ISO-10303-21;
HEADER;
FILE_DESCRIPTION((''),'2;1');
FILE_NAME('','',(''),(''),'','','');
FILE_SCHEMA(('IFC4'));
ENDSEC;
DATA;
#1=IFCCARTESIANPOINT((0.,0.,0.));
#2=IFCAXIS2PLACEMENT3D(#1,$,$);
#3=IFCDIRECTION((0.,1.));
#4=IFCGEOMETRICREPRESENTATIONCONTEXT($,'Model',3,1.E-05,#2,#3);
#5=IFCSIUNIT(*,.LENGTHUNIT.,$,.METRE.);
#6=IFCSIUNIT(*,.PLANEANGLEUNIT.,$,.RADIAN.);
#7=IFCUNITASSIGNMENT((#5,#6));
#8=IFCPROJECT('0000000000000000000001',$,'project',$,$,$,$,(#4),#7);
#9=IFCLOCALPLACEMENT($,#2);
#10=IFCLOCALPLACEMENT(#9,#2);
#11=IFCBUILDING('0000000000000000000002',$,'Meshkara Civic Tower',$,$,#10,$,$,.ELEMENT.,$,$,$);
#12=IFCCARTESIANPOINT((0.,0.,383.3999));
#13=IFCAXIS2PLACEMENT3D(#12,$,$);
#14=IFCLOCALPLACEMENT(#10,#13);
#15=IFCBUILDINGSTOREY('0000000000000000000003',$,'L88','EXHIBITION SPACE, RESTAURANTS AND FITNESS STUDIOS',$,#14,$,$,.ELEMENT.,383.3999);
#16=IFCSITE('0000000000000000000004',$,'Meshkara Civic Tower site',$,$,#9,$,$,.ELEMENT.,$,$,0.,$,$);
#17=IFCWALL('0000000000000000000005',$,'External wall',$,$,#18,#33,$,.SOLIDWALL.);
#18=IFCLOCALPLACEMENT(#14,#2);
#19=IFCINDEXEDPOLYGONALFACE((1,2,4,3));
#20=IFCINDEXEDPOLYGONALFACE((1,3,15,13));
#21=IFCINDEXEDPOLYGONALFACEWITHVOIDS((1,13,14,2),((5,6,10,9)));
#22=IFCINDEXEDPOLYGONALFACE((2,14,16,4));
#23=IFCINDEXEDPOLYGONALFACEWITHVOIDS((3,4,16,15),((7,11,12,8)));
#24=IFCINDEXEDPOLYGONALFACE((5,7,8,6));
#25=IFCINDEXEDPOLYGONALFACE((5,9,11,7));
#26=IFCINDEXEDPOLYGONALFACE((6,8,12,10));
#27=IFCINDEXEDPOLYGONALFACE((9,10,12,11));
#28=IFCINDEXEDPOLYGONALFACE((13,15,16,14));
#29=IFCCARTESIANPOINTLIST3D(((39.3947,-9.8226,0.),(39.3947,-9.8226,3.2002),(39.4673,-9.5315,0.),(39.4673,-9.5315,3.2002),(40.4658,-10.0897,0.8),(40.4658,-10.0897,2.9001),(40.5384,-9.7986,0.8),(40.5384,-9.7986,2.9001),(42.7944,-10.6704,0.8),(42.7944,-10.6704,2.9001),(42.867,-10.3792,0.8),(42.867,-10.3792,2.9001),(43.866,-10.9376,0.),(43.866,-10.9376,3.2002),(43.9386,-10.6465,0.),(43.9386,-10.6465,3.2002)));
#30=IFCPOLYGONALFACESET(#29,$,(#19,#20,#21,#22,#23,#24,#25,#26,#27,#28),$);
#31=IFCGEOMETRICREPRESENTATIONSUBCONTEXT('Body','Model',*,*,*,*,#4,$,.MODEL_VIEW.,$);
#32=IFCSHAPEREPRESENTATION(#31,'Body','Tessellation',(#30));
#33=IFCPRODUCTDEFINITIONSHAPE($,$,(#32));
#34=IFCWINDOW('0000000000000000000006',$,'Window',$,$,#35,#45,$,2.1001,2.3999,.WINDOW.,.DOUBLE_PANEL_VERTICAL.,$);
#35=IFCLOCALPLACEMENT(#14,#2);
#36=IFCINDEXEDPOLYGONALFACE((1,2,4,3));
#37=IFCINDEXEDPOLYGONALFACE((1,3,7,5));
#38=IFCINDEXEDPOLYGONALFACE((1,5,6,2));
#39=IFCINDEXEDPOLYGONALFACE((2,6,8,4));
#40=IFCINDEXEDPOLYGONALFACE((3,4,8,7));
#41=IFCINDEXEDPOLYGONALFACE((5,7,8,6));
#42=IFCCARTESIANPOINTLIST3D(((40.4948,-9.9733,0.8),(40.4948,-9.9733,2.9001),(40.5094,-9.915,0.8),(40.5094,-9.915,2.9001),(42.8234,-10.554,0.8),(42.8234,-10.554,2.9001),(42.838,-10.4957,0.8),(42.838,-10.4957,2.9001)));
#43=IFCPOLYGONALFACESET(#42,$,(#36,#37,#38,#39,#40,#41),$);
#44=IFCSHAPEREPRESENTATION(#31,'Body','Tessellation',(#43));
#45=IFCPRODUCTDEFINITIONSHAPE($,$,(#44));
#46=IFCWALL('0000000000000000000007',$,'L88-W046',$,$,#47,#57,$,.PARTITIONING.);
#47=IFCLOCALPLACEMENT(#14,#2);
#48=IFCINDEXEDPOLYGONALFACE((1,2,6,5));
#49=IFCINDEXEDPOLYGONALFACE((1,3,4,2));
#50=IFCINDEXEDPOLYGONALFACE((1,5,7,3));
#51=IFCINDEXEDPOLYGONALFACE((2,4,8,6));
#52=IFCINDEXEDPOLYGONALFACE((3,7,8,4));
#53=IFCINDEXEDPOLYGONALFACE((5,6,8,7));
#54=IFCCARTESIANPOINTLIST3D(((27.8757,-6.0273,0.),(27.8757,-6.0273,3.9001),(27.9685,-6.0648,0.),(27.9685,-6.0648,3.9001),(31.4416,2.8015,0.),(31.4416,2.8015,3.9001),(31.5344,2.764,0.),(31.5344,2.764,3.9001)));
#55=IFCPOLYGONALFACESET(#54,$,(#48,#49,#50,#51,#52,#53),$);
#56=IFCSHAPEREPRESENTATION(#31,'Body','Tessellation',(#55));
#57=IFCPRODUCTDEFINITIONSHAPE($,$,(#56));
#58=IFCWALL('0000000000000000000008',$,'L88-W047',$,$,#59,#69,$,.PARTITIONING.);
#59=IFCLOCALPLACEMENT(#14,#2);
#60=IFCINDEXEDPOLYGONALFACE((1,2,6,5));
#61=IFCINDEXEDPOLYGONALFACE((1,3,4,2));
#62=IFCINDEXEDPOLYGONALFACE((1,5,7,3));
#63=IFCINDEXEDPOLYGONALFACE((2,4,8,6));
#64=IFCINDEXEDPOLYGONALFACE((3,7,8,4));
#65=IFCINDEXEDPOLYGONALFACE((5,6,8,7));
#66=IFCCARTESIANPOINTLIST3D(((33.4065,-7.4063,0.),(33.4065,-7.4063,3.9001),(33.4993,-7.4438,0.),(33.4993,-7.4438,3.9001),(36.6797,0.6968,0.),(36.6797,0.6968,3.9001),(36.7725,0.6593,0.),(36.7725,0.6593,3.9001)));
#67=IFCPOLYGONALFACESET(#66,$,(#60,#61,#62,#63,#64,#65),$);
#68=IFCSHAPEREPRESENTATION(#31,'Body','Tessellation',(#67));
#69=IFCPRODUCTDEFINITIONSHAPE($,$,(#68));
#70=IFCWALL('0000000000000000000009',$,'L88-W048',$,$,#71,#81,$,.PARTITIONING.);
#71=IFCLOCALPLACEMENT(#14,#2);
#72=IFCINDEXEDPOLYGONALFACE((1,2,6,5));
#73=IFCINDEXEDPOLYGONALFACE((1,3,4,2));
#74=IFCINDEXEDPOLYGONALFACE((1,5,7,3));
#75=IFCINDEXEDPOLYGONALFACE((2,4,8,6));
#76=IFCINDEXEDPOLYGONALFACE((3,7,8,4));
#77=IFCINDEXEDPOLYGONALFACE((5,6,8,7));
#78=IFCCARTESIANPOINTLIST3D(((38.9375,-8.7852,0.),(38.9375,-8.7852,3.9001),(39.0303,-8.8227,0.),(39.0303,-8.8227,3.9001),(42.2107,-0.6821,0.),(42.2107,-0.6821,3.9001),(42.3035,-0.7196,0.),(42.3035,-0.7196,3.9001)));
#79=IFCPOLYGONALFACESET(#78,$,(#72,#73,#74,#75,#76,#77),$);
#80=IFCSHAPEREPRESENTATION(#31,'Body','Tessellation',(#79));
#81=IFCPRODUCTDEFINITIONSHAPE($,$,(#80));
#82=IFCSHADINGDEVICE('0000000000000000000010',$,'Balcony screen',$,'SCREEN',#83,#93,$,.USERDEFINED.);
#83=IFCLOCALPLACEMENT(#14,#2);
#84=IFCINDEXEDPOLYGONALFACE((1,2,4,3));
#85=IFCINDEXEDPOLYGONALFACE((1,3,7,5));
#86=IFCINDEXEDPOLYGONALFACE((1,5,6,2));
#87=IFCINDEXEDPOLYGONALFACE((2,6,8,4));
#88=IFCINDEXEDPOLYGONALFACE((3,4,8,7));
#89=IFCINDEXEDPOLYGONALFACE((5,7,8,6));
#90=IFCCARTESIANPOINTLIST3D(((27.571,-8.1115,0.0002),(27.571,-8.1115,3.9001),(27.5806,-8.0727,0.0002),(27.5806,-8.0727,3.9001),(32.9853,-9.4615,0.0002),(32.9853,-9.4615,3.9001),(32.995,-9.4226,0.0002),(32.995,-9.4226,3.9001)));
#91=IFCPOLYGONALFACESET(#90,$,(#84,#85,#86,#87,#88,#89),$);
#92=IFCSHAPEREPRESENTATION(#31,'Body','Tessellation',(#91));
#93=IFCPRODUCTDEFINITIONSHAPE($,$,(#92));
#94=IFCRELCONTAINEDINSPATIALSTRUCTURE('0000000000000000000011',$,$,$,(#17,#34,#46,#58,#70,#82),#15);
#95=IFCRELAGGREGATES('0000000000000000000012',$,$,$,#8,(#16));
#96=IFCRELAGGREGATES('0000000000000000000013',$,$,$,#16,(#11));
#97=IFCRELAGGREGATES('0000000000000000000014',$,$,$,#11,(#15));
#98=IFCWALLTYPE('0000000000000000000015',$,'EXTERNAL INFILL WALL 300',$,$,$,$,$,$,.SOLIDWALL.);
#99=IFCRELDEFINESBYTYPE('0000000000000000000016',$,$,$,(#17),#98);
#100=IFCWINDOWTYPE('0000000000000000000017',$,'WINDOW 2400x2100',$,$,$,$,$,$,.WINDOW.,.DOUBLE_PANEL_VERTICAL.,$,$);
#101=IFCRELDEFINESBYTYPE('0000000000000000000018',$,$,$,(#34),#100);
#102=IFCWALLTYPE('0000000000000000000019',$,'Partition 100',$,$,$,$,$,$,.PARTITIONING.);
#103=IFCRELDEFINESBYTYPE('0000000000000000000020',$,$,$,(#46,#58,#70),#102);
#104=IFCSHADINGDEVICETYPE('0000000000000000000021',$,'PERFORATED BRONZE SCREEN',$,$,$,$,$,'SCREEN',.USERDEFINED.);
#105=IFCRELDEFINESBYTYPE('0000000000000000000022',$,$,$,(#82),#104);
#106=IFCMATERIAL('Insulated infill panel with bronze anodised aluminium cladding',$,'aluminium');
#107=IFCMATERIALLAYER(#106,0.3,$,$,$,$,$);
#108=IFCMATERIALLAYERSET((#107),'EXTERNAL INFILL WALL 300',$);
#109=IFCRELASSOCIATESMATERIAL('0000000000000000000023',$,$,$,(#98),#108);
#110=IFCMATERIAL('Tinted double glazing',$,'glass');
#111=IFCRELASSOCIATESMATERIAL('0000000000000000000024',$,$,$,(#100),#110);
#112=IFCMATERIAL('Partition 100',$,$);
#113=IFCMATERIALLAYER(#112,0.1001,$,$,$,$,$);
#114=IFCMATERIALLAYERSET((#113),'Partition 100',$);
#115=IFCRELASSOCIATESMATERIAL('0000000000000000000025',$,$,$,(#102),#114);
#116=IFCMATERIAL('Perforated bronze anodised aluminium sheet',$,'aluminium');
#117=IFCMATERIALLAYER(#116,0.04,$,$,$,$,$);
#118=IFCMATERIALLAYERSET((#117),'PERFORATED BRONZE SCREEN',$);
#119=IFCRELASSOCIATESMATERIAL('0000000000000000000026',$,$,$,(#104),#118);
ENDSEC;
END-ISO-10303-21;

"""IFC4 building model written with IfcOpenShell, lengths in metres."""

from ifc_helpers import new_model, si_unit, direction, frame, frame_2d, origin, origin_2d, place, context, subcontext, project, spatial, rectangle, extrude, material, layer, layer_set, type_object, element, fill, save


model = new_model("IFC4")

# Units and contexts
model_context = context("Model", 3, precision=1e-05, world=origin(), true_north=direction((0.0, 1.0)))
body_context = subcontext(model_context, "Body", "Model", "MODEL_VIEW")
ifc_project = project(units=[si_unit("LENGTHUNIT", "METRE"), si_unit("PLANEANGLEUNIT", "RADIAN")], contexts=[model_context])

# Site, building, storey
site_placement = place(None, origin())
site = spatial("IfcSite", under=ifc_project, at=site_placement, Name="Meshkara Civic Tower site", CompositionType="ELEMENT", RefElevation=0.0)
building_placement = place(site_placement, origin())
building = spatial("IfcBuilding", under=site, at=building_placement, Name="Meshkara Civic Tower", CompositionType="ELEMENT")
storey_placement = place(building_placement, frame((0.0, 0.0, 383.3999)))
storey = spatial("IfcBuildingStorey", under=building, at=storey_placement, Name="L88", Description="EXHIBITION SPACE, RESTAURANTS AND FITNESS STUDIOS", CompositionType="ELEMENT", Elevation=383.3999)

# Wall, opening, window
ifc_material_1 = material(Name="Insulated infill panel with bronze anodised aluminium cladding", Category="aluminium")
ifc_layer_1 = layer(ifc_material_1, 0.3)
ifc_layer_set_1 = layer_set([ifc_layer_1], Name="EXTERNAL INFILL WALL 300")
wall_type_1 = type_object("IfcWallType", Name="EXTERNAL INFILL WALL 300", PredefinedType="SOLIDWALL", material=ifc_layer_set_1)
ifc_material_2 = material(Name="Tinted double glazing", Category="glass")
window_type = type_object("IfcWindowType", Name="WINDOW 2400x2100", PartitioningType="DOUBLE_PANEL_VERTICAL", PredefinedType="WINDOW", material=ifc_material_2)
wall_1_placement = place(storey_placement, frame((39.4309, -9.677, 0.0), z_axis=(0.0, 0.0, 1.0), x_axis=(0.970286, -0.241962, 0.0)))
wall_1 = element("IfcWall", 1, at=wall_1_placement, inside=storey, type_object=wall_type_1, Name="External wall", PredefinedType="SOLIDWALL", context=body_context, shape_type="SweptSolid", body=[
    extrude(rectangle(XDim=4.6082, YDim=0.3, at=frame_2d((2.3042, 0.0))), origin(), (0.0, 0.0, 1.0), 3.2002),
])
opening_1_placement = place(wall_1_placement, frame((1.104, 0.0, 0.8)))
opening_1 = element("IfcOpeningElement", 2, at=opening_1_placement, cuts=wall_1, PredefinedType="OPENING", context=body_context, shape_type="SweptSolid", body=[
    extrude(rectangle(XDim=2.3999, YDim=2.1001, at=frame_2d((1.2, 1.05))), frame((0.0, 0.1599, 0.0), z_axis=(0.0, -1.0, 0.0), x_axis=(1.0, 0.0, 0.0)), (0.0, 0.0, 1.0), 0.3201),
])
window_1_placement = place(opening_1_placement, origin())
window_1 = element("IfcWindow", 3, at=window_1_placement, inside=storey, type_object=window_type, Name="Window", OverallHeight=2.1001, OverallWidth=2.3999, PartitioningType="DOUBLE_PANEL_VERTICAL", PredefinedType="WINDOW", context=body_context, shape_type="SweptSolid", body=[
    extrude(rectangle(XDim=2.3999, YDim=2.1001, at=frame_2d((1.2, 1.05))), frame((0.0, 0.03, 0.0), z_axis=(0.0, -1.0, 0.0), x_axis=(1.0, 0.0, 0.0)), (0.0, 0.0, 1.0), 0.0601),
])
fill(opening_1, window_1)

# Walls
ifc_material_3 = material(Name="Partition 100")
ifc_layer_2 = layer(ifc_material_3, 0.1001)
ifc_layer_set_2 = layer_set([ifc_layer_2], Name="Partition 100")
wall_type_2 = type_object("IfcWallType", Name="Partition 100", PredefinedType="PARTITIONING", material=ifc_layer_set_2)
wall_2_placement = place(storey_placement, frame((27.9221, -6.0459, 0.0), z_axis=(0.0, 0.0, 1.0), x_axis=(0.374501, 0.927227, 0.0)))
element("IfcWall", 4, at=wall_2_placement, inside=storey, type_object=wall_type_2, Name="L88-W046", PredefinedType="PARTITIONING", context=body_context, shape_type="SweptSolid", body=[
    extrude(rectangle(XDim=9.5217, YDim=0.1001, at=frame_2d((4.7607, 0.0))), origin(), (0.0, 0.0, 1.0), 3.9001),
])
for number, where, z_axis, x_axis, name in (
    (5, (33.4529, -7.425, 0.0), (0.0, 0.0, 1.0), (0.374543, 0.927209, 0.0), "L88-W047"),
    (6, (38.9839, -8.804, 0.0), (0.0, 0.0, 1.0), (0.374543, 0.927209, 0.0), "L88-W048"),
):
    element("IfcWall", number, at=place(storey_placement, frame(where, z_axis=z_axis, x_axis=x_axis)), inside=storey, type_object=wall_type_2, Name=name, PredefinedType="PARTITIONING", context=body_context, shape_type="SweptSolid", body=[
        extrude(rectangle(XDim=8.7393, YDim=0.1001, at=frame_2d((4.3696, 0.0))), origin(), (0.0, 0.0, 1.0), 3.9001),
    ])

# Shading device
ifc_material_4 = material(Name="Perforated bronze anodised aluminium sheet", Category="aluminium")
ifc_layer_3 = layer(ifc_material_4, 0.04)
ifc_layer_set_3 = layer_set([ifc_layer_3], Name="PERFORATED BRONZE SCREEN")
shading_device_type = type_object("IfcShadingDeviceType", Name="PERFORATED BRONZE SCREEN", ElementType="SCREEN", PredefinedType="USERDEFINED", material=ifc_layer_set_3)
shading_device_placement = place(storey_placement, frame((30.283, -8.7671, 0.0002), z_axis=(0.0, 0.0, 1.0), x_axis=(0.970296, -0.241922, 0.0)))
element("IfcShadingDevice", 7, at=shading_device_placement, inside=storey, type_object=shading_device_type, Name="Balcony screen", ObjectType="SCREEN", PredefinedType="USERDEFINED", context=body_context, shape_type="SweptSolid", body=[
    extrude(rectangle(XDim=5.5801, YDim=0.04, at=origin_2d()), origin(), (0.0, 0.0, 1.0), 3.8999),
])

save(model, "model.ifc")
